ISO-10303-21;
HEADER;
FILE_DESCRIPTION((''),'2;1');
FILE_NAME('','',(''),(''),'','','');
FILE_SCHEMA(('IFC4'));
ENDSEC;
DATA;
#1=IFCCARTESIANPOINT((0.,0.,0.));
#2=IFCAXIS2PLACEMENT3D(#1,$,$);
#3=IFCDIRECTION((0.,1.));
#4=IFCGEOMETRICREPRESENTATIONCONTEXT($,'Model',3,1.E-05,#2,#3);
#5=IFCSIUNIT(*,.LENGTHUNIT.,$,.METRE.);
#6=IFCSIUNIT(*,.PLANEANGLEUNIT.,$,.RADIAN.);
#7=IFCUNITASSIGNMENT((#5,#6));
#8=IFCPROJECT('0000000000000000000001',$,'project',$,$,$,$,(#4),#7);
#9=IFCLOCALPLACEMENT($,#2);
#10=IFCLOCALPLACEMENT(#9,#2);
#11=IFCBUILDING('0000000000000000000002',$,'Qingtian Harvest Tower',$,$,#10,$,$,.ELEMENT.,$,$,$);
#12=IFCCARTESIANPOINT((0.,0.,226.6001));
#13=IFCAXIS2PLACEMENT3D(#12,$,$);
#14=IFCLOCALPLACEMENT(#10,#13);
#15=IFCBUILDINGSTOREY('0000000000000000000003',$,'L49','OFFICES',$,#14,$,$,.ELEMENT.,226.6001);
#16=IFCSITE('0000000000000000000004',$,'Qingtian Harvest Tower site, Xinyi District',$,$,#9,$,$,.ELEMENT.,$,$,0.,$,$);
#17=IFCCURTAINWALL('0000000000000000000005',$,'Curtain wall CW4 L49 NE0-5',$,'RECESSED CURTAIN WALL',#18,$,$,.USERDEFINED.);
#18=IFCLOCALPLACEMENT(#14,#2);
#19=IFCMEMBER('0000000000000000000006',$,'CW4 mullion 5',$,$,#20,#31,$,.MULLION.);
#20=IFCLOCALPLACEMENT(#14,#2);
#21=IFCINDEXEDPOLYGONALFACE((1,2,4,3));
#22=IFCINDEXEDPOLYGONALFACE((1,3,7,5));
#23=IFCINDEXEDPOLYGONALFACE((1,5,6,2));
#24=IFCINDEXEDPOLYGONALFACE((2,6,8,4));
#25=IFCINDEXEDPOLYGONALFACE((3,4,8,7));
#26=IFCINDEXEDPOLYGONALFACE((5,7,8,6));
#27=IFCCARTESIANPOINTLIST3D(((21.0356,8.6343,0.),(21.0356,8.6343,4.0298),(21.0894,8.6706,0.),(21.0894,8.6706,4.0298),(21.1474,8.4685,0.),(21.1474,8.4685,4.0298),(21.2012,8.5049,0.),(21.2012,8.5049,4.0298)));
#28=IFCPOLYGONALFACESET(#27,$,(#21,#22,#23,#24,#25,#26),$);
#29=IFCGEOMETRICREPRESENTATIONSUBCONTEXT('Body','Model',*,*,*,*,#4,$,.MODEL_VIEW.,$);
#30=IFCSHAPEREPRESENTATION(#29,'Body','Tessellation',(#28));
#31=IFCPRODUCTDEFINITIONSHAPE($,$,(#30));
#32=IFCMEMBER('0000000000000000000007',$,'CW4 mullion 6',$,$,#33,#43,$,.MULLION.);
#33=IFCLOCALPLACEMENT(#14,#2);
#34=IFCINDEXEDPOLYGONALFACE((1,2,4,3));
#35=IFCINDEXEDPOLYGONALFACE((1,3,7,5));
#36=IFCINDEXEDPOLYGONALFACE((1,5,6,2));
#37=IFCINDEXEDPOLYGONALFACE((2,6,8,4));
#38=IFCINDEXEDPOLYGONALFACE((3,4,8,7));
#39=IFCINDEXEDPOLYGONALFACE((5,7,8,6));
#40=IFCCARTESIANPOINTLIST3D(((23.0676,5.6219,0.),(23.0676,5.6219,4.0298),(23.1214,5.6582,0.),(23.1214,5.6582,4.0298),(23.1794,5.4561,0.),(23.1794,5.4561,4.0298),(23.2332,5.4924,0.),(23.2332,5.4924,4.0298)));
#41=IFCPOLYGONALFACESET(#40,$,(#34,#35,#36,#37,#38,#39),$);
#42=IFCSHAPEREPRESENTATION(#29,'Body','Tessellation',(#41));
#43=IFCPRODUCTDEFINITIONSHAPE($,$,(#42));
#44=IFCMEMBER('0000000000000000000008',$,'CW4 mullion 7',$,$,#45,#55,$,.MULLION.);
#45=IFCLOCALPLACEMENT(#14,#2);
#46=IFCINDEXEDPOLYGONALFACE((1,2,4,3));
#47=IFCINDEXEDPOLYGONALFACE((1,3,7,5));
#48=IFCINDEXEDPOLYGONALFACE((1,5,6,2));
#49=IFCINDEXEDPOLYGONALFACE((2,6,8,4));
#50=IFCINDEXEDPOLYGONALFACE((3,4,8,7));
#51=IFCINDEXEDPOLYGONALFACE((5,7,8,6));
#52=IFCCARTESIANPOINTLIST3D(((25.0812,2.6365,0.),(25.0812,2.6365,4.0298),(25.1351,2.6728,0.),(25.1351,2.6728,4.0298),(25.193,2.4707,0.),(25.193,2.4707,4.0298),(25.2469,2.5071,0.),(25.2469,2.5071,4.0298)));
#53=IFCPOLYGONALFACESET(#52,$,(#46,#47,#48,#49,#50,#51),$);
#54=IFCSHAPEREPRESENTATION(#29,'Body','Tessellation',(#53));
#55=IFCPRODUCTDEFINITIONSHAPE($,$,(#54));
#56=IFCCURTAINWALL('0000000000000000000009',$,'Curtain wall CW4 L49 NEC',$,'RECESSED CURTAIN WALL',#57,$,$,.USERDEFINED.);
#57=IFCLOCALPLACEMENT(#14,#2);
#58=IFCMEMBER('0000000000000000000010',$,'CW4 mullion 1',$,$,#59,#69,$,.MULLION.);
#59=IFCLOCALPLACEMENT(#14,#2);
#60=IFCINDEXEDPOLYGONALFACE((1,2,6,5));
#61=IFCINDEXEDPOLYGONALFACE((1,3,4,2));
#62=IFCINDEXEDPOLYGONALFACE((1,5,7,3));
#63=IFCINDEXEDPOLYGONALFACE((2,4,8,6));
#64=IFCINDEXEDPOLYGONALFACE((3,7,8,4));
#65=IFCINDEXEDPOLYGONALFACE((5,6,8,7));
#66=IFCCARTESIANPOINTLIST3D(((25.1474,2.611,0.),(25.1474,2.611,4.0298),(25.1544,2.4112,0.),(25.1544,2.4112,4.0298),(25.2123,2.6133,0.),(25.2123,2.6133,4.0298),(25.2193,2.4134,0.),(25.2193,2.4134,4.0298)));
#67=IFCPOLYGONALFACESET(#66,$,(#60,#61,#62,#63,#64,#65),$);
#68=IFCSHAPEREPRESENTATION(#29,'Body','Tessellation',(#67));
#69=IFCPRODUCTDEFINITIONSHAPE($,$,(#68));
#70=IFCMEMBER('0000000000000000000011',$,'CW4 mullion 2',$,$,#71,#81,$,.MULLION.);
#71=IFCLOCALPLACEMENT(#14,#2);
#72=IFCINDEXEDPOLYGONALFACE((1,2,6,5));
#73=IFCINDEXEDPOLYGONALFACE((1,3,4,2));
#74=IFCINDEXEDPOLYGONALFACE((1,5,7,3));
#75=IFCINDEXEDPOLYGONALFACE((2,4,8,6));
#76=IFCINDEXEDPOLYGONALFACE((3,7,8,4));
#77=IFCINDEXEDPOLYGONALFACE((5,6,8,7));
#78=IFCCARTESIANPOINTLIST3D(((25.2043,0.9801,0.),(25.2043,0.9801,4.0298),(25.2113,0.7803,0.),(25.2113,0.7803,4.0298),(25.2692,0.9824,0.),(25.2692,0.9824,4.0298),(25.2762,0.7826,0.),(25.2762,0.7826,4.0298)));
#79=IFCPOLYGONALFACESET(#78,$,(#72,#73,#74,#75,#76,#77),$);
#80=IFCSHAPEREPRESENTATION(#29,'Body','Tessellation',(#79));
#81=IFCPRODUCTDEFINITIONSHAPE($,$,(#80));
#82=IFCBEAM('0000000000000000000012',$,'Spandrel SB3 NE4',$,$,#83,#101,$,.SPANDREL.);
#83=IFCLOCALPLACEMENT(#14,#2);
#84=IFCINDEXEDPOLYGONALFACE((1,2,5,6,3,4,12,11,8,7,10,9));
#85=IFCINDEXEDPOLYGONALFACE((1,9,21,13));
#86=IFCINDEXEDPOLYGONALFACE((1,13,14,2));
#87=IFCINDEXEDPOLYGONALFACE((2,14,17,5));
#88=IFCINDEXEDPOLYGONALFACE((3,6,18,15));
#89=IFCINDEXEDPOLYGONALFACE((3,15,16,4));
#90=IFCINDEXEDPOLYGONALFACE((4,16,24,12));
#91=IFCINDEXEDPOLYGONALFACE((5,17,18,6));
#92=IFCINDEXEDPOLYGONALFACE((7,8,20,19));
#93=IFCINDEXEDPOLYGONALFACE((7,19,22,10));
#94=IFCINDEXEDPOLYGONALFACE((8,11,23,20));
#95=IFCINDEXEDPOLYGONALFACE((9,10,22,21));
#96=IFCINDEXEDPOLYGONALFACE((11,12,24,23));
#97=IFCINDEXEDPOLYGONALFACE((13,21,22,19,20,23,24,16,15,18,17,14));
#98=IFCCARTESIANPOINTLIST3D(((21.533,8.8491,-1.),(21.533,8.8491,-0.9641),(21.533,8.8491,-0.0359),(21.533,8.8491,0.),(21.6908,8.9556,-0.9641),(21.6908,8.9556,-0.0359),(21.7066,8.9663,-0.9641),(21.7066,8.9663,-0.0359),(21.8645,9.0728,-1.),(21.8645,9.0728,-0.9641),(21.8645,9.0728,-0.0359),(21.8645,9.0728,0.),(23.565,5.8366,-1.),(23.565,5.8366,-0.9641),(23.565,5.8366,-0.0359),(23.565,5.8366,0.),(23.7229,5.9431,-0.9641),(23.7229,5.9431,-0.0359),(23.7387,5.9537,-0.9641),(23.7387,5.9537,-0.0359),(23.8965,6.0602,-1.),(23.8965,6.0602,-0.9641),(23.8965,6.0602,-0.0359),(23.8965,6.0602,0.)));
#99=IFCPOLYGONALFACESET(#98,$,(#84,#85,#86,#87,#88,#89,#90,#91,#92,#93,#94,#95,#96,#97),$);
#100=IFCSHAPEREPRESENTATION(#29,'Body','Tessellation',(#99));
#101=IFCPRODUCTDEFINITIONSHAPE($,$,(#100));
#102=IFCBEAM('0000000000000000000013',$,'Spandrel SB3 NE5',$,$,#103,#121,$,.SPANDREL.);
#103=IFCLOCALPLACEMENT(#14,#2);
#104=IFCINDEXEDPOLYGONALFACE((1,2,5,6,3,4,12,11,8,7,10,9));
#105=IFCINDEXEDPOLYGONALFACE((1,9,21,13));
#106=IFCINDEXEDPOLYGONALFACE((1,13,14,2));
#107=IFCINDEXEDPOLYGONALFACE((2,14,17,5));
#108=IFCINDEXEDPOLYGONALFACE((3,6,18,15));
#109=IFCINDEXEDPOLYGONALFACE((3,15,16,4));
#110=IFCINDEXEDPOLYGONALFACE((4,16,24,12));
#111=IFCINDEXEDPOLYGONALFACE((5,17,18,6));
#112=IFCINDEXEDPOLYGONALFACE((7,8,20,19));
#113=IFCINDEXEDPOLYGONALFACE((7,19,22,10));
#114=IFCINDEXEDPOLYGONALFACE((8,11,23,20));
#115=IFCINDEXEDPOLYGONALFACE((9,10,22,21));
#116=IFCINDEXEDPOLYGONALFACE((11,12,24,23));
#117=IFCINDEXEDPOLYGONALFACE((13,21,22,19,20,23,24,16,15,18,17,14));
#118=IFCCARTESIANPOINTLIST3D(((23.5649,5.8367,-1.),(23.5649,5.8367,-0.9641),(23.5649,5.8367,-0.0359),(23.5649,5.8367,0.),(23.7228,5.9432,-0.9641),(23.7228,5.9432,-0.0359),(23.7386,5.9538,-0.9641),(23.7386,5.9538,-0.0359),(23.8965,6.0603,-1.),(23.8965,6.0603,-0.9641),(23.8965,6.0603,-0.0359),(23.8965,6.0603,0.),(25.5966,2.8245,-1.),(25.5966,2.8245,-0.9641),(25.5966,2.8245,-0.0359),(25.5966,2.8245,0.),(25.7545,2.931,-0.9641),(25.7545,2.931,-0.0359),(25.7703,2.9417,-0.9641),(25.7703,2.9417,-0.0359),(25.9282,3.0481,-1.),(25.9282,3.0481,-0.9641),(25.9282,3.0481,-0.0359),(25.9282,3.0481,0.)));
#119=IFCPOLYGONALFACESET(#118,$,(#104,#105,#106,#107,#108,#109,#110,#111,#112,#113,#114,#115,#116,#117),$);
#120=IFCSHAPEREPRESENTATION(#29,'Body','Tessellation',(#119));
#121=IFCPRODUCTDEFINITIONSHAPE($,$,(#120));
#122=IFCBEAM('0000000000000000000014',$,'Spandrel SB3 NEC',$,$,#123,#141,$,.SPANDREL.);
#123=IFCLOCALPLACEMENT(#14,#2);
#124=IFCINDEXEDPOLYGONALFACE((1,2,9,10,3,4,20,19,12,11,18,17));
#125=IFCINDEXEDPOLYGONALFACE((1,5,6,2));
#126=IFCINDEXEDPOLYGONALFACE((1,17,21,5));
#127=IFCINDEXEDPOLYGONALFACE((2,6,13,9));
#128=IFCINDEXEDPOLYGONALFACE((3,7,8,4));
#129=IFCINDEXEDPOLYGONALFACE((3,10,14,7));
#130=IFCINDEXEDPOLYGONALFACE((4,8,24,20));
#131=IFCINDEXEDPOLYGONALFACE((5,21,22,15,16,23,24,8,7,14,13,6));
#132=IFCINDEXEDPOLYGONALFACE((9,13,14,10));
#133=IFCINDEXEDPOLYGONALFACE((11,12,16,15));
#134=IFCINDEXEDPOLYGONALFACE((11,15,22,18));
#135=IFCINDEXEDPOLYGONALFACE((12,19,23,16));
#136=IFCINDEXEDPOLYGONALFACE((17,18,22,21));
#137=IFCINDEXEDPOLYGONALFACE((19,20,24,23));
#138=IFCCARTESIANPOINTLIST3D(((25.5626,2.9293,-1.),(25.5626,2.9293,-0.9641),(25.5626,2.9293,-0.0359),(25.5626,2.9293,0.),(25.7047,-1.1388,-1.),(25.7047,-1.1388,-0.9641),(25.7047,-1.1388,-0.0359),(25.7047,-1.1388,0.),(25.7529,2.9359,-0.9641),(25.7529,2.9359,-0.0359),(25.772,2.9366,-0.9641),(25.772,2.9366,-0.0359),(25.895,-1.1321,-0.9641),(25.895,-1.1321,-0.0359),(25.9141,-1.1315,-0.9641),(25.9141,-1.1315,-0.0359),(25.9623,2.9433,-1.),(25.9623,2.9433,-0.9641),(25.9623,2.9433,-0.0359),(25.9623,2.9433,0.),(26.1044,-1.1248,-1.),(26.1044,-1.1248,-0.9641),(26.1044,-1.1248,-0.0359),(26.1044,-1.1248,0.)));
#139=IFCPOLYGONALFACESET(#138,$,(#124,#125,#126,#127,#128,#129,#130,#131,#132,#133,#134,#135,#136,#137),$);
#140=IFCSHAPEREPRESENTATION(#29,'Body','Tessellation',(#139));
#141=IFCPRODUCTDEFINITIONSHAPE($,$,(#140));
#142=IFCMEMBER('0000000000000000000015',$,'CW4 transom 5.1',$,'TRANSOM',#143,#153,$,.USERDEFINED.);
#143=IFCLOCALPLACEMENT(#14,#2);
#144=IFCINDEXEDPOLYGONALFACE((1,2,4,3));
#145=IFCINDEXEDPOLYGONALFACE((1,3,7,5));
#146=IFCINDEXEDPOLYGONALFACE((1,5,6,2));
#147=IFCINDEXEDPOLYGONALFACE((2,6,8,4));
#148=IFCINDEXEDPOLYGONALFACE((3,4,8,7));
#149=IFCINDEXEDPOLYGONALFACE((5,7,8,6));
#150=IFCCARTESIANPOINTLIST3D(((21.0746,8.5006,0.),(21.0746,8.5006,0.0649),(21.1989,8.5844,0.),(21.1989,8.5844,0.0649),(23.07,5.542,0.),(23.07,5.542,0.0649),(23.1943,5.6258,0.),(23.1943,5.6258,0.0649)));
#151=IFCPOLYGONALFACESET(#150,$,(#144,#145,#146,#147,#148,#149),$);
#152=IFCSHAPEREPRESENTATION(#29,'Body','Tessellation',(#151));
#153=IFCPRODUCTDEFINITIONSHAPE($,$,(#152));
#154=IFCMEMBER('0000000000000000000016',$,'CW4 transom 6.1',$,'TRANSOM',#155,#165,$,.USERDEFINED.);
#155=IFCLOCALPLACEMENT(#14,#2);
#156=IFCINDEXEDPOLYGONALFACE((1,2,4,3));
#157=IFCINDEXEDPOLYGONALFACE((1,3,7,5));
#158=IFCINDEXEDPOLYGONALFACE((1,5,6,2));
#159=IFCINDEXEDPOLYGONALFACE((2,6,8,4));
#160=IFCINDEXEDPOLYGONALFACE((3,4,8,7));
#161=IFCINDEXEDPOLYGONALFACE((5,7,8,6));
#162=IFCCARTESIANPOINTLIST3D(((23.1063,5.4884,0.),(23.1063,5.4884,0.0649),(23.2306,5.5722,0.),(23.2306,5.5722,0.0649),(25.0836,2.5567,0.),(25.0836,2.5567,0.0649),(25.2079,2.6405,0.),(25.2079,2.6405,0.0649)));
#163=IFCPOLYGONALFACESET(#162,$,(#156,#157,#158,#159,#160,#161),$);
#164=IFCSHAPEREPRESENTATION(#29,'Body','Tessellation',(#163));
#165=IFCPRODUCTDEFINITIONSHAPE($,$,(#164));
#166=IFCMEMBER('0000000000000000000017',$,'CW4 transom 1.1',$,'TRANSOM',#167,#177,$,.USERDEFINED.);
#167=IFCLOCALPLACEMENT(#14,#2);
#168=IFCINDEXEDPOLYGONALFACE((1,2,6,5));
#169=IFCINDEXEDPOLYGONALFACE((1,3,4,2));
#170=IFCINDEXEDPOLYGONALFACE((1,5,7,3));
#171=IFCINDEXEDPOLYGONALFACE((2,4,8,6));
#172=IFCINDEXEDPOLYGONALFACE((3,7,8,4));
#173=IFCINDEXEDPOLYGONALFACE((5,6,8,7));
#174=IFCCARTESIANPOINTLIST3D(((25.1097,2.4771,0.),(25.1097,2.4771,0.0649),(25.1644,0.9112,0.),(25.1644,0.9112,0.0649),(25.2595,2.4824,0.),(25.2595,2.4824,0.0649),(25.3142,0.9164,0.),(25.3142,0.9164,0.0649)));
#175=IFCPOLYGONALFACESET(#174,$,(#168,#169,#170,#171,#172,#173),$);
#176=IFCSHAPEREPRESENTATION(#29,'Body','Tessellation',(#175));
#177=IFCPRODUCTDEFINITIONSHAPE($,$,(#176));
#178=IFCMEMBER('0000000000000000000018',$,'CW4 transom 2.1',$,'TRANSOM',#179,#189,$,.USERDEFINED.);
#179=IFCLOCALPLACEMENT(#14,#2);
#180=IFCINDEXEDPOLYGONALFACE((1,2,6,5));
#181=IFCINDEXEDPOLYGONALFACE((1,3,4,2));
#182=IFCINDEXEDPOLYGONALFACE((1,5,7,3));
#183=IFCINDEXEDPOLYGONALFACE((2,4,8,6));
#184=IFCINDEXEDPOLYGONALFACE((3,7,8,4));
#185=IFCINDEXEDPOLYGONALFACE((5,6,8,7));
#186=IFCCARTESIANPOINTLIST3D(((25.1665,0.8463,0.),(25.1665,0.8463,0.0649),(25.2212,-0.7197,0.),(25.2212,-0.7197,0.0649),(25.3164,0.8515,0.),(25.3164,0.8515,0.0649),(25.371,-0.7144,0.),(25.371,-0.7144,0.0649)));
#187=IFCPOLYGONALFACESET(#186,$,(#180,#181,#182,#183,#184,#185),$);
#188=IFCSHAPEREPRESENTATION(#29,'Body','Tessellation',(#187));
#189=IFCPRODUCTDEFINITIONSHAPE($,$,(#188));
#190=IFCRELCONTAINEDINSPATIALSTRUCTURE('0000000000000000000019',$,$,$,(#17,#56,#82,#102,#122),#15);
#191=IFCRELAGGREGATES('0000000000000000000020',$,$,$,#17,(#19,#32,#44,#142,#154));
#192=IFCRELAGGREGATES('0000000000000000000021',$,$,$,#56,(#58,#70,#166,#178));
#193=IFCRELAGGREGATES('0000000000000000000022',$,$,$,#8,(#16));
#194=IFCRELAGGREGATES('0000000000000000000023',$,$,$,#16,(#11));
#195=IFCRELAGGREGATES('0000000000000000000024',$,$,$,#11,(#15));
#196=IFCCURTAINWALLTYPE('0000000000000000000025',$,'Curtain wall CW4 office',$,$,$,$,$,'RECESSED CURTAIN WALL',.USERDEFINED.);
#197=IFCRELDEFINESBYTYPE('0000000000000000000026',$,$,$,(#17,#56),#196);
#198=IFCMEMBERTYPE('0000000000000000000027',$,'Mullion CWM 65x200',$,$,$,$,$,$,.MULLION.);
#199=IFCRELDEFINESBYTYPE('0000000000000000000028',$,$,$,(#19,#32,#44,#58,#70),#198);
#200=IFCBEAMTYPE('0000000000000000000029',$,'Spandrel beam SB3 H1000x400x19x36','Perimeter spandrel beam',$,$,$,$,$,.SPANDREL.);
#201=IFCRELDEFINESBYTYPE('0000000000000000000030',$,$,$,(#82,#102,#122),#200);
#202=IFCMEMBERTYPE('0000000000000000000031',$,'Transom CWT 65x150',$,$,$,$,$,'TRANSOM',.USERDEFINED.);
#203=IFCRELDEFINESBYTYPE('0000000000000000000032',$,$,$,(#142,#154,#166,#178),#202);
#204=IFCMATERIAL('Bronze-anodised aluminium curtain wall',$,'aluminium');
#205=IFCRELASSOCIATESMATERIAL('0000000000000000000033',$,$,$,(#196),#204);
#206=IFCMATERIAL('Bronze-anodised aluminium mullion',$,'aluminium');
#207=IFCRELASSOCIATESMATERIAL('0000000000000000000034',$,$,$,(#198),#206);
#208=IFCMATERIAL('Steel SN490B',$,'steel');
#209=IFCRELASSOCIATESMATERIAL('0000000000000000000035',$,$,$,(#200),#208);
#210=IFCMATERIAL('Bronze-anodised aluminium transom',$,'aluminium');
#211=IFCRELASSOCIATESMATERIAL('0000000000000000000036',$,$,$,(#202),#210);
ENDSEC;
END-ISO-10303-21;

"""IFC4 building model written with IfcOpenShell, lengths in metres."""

from ifc_helpers import new_model, si_unit, direction, frame, origin, origin_2d, place, context, subcontext, project, spatial, rectangle, i_section, extrude, material, material_profile, profile_set, type_object, element, aggregate, save


model = new_model("IFC4")

# Units and contexts
model_context = context("Model", 3, precision=1e-05, world=origin(), true_north=direction((0.0, 1.0)))
body_context = subcontext(model_context, "Body", "Model", "MODEL_VIEW")
ifc_project = project(units=[si_unit("LENGTHUNIT", "METRE"), si_unit("PLANEANGLEUNIT", "RADIAN")], contexts=[model_context])

# Site, building, storey
site_placement = place(None, origin())
site = spatial("IfcSite", under=ifc_project, at=site_placement, Name="Qingtian Harvest Tower site, Xinyi District", CompositionType="ELEMENT", RefElevation=0.0)
building_placement = place(site_placement, origin())
building = spatial("IfcBuilding", under=site, at=building_placement, Name="Qingtian Harvest Tower", CompositionType="ELEMENT")
storey_placement = place(building_placement, frame((0.0, 0.0, 226.6001)))
storey = spatial("IfcBuildingStorey", under=building, at=storey_placement, Name="L49", Description="OFFICES", CompositionType="ELEMENT", Elevation=226.6001)

# Curtain walls, members
ifc_material_1 = material(Name="Bronze-anodised aluminium curtain wall", Category="aluminium")
curtain_wall_type = type_object("IfcCurtainWallType", Name="Curtain wall CW4 office", ElementType="RECESSED CURTAIN WALL", PredefinedType="USERDEFINED", material=ifc_material_1)
curtain_wall_1_placement = place(storey_placement, origin())
curtain_wall_1 = element("IfcCurtainWall", 1, at=curtain_wall_1_placement, inside=storey, type_object=curtain_wall_type, Name="Curtain wall CW4 L49 NE0-5", ObjectType="RECESSED CURTAIN WALL", PredefinedType="USERDEFINED")
ifc_material_2 = material(Name="Bronze-anodised aluminium mullion", Category="aluminium")
ifc_material_profile_1 = material_profile(ifc_material_2, rectangle(XDim=0.0649, YDim=0.2, at=origin_2d()), Name="AL 65x200")
ifc_profile_set_1 = profile_set([ifc_material_profile_1], Name="Bronze-anodised aluminium mullion")
member_type_1 = type_object("IfcMemberType", Name="Mullion CWM 65x200", PredefinedType="MULLION", material=ifc_profile_set_1)
member_1_placement = place(storey_placement, frame((21.1184, 8.5696, 0.0), z_axis=(0.0, 0.0, 1.0), x_axis=(0.829038, 0.559193, 0.0)))
member_1 = element("IfcMember", 2, at=member_1_placement, type_object=member_type_1, Name="CW4 mullion 5", PredefinedType="MULLION", context=body_context, shape_type="SweptSolid", body=[
    extrude(rectangle(XDim=0.0649, YDim=0.2, at=origin_2d()), origin(), (0.0, 0.0, 1.0), 4.0298),
])
member_2_placement = place(storey_placement, frame((23.1504, 5.5571, 0.0), z_axis=(0.0, 0.0, 1.0), x_axis=(0.829038, 0.559193, 0.0)))
member_2 = element("IfcMember", 3, at=member_2_placement, type_object=member_type_1, Name="CW4 mullion 6", PredefinedType="MULLION", context=body_context, shape_type="SweptSolid", body=[
    extrude(rectangle(XDim=0.0649, YDim=0.2, at=origin_2d()), origin(), (0.0, 0.0, 1.0), 4.0298),
])
member_3_placement = place(storey_placement, frame((25.1641, 2.5718, 0.0), z_axis=(0.0, 0.0, 1.0), x_axis=(0.829038, 0.559193, 0.0)))
member_3 = element("IfcMember", 4, at=member_3_placement, type_object=member_type_1, Name="CW4 mullion 7", PredefinedType="MULLION", context=body_context, shape_type="SweptSolid", body=[
    extrude(rectangle(XDim=0.0649, YDim=0.2, at=origin_2d()), origin(), (0.0, 0.0, 1.0), 4.0298),
])
curtain_wall_2_placement = place(storey_placement, origin())
curtain_wall_2 = element("IfcCurtainWall", 5, at=curtain_wall_2_placement, inside=storey, type_object=curtain_wall_type, Name="Curtain wall CW4 L49 NEC", ObjectType="RECESSED CURTAIN WALL", PredefinedType="USERDEFINED")
member_4_placement = place(storey_placement, frame((25.1833, 2.5122, 0.0), z_axis=(0.0, 0.0, 1.0), x_axis=(0.999391, 0.034899, 0.0)))
member_4 = element("IfcMember", 6, at=member_4_placement, type_object=member_type_1, Name="CW4 mullion 1", PredefinedType="MULLION", context=body_context, shape_type="SweptSolid", body=[
    extrude(rectangle(XDim=0.0649, YDim=0.2, at=origin_2d()), origin(), (0.0, 0.0, 1.0), 4.0298),
])
member_5_placement = place(storey_placement, frame((25.2402, 0.8813, 0.0), z_axis=(0.0, 0.0, 1.0), x_axis=(0.999391, 0.034899, 0.0)))
member_5 = element("IfcMember", 7, at=member_5_placement, type_object=member_type_1, Name="CW4 mullion 2", PredefinedType="MULLION", context=body_context, shape_type="SweptSolid", body=[
    extrude(rectangle(XDim=0.0649, YDim=0.2, at=origin_2d()), origin(), (0.0, 0.0, 1.0), 4.0298),
])

# Beams
ifc_material_3 = material(Name="Steel SN490B", Category="steel")
ifc_material_profile_2 = material_profile(ifc_material_3, i_section(OverallWidth=0.3999, OverallDepth=1.0, WebThickness=0.019, FlangeThickness=0.0359, at=origin_2d()), Name="H1000x400x19x36")
ifc_profile_set_2 = profile_set([ifc_material_profile_2], Name="Steel SN490B")
beam_type_1 = type_object("IfcBeamType", Name="Spandrel beam SB3 H1000x400x19x36", Description="Perimeter spandrel beam", PredefinedType="SPANDREL", material=ifc_profile_set_2)
beam_1_placement = place(storey_placement, frame((21.6987, 8.9609, -0.5), z_axis=(0.559204, -0.82903, 0.0), x_axis=(0.82903, 0.559204, 0.0)))
element("IfcBeam", 8, at=beam_1_placement, inside=storey, type_object=beam_type_1, Name="Spandrel SB3 NE4", PredefinedType="SPANDREL", context=body_context, shape_type="SweptSolid", body=[
    extrude(i_section(OverallWidth=0.3999, OverallDepth=1.0, WebThickness=0.019, FlangeThickness=0.0359, at=origin_2d()), origin(), (0.0, 0.0, 1.0), 3.6338),
])
beam_2_placement = place(storey_placement, frame((23.7307, 5.9485, -0.5), z_axis=(0.559189, -0.82904, 0.0), x_axis=(0.82904, 0.559189, 0.0)))
element("IfcBeam", 9, at=beam_2_placement, inside=storey, type_object=beam_type_1, Name="Spandrel SB3 NE5", PredefinedType="SPANDREL", context=body_context, shape_type="SweptSolid", body=[
    extrude(i_section(OverallWidth=0.3999, OverallDepth=1.0, WebThickness=0.019, FlangeThickness=0.0359, at=origin_2d()), origin(), (0.0, 0.0, 1.0), 3.6333),
])
beam_3_placement = place(storey_placement, frame((25.7625, 2.9363, -0.5), z_axis=(0.034906, -0.999391, 0.0), x_axis=(0.999391, 0.034906, 0.0)))
element("IfcBeam", 10, at=beam_3_placement, inside=storey, type_object=beam_type_1, Name="Spandrel SB3 NEC", PredefinedType="SPANDREL", context=body_context, shape_type="SweptSolid", body=[
    extrude(i_section(OverallWidth=0.3999, OverallDepth=1.0, WebThickness=0.019, FlangeThickness=0.0359, at=origin_2d()), origin(), (0.0, 0.0, 1.0), 4.0706),
])

# Members
ifc_material_4 = material(Name="Bronze-anodised aluminium transom", Category="aluminium")
ifc_material_profile_3 = material_profile(ifc_material_4, rectangle(XDim=0.1499, YDim=0.0649, at=origin_2d()), Name="AL 65x150")
ifc_profile_set_3 = profile_set([ifc_material_profile_3], Name="Bronze-anodised aluminium transom")
member_type_2 = type_object("IfcMemberType", Name="Transom CWT 65x150", ElementType="TRANSOM", PredefinedType="USERDEFINED", material=ifc_profile_set_3)
member_6_placement = place(storey_placement, frame((21.1367, 8.5425, 0.0325), z_axis=(0.55916, -0.82906, 0.0), x_axis=(0.82906, 0.55916, 0.0)))
member_6 = element("IfcMember", 11, at=member_6_placement, type_object=member_type_2, Name="CW4 transom 5.1", ObjectType="TRANSOM", PredefinedType="USERDEFINED", context=body_context, shape_type="SweptSolid", body=[
    extrude(rectangle(XDim=0.1499, YDim=0.0649, at=origin_2d()), origin(), (0.0, 0.0, 1.0), 3.5686),
])
member_7_placement = place(storey_placement, frame((23.1685, 5.5303, 0.0325), z_axis=(0.559169, -0.829054, 0.0), x_axis=(0.829054, 0.559169, 0.0)))
member_7 = element("IfcMember", 12, at=member_7_placement, type_object=member_type_2, Name="CW4 transom 6.1", ObjectType="TRANSOM", PredefinedType="USERDEFINED", context=body_context, shape_type="SweptSolid", body=[
    extrude(rectangle(XDim=0.1499, YDim=0.0649, at=origin_2d()), origin(), (0.0, 0.0, 1.0), 3.5361),
])
member_8_placement = place(storey_placement, frame((25.1846, 2.4797, 0.0325), z_axis=(0.034902, -0.999391, 0.0), x_axis=(0.999391, 0.034902, 0.0)))
member_8 = element("IfcMember", 13, at=member_8_placement, type_object=member_type_2, Name="CW4 transom 1.1", ObjectType="TRANSOM", PredefinedType="USERDEFINED", context=body_context, shape_type="SweptSolid", body=[
    extrude(rectangle(XDim=0.1499, YDim=0.0649, at=origin_2d()), origin(), (0.0, 0.0, 1.0), 1.5669),
])
member_9_placement = place(storey_placement, frame((25.2415, 0.8489, 0.0325), z_axis=(0.034902, -0.999391, 0.0), x_axis=(0.999391, 0.034902, 0.0)))
member_9 = element("IfcMember", 14, at=member_9_placement, type_object=member_type_2, Name="CW4 transom 2.1", ObjectType="TRANSOM", PredefinedType="USERDEFINED", context=body_context, shape_type="SweptSolid", body=[
    extrude(rectangle(XDim=0.1499, YDim=0.0649, at=origin_2d()), origin(), (0.0, 0.0, 1.0), 1.5669),
])

aggregate(curtain_wall_1, [member_1, member_2, member_3, member_6, member_7])
aggregate(curtain_wall_2, [member_4, member_5, member_8, member_9])

save(model, "model.ifc")
